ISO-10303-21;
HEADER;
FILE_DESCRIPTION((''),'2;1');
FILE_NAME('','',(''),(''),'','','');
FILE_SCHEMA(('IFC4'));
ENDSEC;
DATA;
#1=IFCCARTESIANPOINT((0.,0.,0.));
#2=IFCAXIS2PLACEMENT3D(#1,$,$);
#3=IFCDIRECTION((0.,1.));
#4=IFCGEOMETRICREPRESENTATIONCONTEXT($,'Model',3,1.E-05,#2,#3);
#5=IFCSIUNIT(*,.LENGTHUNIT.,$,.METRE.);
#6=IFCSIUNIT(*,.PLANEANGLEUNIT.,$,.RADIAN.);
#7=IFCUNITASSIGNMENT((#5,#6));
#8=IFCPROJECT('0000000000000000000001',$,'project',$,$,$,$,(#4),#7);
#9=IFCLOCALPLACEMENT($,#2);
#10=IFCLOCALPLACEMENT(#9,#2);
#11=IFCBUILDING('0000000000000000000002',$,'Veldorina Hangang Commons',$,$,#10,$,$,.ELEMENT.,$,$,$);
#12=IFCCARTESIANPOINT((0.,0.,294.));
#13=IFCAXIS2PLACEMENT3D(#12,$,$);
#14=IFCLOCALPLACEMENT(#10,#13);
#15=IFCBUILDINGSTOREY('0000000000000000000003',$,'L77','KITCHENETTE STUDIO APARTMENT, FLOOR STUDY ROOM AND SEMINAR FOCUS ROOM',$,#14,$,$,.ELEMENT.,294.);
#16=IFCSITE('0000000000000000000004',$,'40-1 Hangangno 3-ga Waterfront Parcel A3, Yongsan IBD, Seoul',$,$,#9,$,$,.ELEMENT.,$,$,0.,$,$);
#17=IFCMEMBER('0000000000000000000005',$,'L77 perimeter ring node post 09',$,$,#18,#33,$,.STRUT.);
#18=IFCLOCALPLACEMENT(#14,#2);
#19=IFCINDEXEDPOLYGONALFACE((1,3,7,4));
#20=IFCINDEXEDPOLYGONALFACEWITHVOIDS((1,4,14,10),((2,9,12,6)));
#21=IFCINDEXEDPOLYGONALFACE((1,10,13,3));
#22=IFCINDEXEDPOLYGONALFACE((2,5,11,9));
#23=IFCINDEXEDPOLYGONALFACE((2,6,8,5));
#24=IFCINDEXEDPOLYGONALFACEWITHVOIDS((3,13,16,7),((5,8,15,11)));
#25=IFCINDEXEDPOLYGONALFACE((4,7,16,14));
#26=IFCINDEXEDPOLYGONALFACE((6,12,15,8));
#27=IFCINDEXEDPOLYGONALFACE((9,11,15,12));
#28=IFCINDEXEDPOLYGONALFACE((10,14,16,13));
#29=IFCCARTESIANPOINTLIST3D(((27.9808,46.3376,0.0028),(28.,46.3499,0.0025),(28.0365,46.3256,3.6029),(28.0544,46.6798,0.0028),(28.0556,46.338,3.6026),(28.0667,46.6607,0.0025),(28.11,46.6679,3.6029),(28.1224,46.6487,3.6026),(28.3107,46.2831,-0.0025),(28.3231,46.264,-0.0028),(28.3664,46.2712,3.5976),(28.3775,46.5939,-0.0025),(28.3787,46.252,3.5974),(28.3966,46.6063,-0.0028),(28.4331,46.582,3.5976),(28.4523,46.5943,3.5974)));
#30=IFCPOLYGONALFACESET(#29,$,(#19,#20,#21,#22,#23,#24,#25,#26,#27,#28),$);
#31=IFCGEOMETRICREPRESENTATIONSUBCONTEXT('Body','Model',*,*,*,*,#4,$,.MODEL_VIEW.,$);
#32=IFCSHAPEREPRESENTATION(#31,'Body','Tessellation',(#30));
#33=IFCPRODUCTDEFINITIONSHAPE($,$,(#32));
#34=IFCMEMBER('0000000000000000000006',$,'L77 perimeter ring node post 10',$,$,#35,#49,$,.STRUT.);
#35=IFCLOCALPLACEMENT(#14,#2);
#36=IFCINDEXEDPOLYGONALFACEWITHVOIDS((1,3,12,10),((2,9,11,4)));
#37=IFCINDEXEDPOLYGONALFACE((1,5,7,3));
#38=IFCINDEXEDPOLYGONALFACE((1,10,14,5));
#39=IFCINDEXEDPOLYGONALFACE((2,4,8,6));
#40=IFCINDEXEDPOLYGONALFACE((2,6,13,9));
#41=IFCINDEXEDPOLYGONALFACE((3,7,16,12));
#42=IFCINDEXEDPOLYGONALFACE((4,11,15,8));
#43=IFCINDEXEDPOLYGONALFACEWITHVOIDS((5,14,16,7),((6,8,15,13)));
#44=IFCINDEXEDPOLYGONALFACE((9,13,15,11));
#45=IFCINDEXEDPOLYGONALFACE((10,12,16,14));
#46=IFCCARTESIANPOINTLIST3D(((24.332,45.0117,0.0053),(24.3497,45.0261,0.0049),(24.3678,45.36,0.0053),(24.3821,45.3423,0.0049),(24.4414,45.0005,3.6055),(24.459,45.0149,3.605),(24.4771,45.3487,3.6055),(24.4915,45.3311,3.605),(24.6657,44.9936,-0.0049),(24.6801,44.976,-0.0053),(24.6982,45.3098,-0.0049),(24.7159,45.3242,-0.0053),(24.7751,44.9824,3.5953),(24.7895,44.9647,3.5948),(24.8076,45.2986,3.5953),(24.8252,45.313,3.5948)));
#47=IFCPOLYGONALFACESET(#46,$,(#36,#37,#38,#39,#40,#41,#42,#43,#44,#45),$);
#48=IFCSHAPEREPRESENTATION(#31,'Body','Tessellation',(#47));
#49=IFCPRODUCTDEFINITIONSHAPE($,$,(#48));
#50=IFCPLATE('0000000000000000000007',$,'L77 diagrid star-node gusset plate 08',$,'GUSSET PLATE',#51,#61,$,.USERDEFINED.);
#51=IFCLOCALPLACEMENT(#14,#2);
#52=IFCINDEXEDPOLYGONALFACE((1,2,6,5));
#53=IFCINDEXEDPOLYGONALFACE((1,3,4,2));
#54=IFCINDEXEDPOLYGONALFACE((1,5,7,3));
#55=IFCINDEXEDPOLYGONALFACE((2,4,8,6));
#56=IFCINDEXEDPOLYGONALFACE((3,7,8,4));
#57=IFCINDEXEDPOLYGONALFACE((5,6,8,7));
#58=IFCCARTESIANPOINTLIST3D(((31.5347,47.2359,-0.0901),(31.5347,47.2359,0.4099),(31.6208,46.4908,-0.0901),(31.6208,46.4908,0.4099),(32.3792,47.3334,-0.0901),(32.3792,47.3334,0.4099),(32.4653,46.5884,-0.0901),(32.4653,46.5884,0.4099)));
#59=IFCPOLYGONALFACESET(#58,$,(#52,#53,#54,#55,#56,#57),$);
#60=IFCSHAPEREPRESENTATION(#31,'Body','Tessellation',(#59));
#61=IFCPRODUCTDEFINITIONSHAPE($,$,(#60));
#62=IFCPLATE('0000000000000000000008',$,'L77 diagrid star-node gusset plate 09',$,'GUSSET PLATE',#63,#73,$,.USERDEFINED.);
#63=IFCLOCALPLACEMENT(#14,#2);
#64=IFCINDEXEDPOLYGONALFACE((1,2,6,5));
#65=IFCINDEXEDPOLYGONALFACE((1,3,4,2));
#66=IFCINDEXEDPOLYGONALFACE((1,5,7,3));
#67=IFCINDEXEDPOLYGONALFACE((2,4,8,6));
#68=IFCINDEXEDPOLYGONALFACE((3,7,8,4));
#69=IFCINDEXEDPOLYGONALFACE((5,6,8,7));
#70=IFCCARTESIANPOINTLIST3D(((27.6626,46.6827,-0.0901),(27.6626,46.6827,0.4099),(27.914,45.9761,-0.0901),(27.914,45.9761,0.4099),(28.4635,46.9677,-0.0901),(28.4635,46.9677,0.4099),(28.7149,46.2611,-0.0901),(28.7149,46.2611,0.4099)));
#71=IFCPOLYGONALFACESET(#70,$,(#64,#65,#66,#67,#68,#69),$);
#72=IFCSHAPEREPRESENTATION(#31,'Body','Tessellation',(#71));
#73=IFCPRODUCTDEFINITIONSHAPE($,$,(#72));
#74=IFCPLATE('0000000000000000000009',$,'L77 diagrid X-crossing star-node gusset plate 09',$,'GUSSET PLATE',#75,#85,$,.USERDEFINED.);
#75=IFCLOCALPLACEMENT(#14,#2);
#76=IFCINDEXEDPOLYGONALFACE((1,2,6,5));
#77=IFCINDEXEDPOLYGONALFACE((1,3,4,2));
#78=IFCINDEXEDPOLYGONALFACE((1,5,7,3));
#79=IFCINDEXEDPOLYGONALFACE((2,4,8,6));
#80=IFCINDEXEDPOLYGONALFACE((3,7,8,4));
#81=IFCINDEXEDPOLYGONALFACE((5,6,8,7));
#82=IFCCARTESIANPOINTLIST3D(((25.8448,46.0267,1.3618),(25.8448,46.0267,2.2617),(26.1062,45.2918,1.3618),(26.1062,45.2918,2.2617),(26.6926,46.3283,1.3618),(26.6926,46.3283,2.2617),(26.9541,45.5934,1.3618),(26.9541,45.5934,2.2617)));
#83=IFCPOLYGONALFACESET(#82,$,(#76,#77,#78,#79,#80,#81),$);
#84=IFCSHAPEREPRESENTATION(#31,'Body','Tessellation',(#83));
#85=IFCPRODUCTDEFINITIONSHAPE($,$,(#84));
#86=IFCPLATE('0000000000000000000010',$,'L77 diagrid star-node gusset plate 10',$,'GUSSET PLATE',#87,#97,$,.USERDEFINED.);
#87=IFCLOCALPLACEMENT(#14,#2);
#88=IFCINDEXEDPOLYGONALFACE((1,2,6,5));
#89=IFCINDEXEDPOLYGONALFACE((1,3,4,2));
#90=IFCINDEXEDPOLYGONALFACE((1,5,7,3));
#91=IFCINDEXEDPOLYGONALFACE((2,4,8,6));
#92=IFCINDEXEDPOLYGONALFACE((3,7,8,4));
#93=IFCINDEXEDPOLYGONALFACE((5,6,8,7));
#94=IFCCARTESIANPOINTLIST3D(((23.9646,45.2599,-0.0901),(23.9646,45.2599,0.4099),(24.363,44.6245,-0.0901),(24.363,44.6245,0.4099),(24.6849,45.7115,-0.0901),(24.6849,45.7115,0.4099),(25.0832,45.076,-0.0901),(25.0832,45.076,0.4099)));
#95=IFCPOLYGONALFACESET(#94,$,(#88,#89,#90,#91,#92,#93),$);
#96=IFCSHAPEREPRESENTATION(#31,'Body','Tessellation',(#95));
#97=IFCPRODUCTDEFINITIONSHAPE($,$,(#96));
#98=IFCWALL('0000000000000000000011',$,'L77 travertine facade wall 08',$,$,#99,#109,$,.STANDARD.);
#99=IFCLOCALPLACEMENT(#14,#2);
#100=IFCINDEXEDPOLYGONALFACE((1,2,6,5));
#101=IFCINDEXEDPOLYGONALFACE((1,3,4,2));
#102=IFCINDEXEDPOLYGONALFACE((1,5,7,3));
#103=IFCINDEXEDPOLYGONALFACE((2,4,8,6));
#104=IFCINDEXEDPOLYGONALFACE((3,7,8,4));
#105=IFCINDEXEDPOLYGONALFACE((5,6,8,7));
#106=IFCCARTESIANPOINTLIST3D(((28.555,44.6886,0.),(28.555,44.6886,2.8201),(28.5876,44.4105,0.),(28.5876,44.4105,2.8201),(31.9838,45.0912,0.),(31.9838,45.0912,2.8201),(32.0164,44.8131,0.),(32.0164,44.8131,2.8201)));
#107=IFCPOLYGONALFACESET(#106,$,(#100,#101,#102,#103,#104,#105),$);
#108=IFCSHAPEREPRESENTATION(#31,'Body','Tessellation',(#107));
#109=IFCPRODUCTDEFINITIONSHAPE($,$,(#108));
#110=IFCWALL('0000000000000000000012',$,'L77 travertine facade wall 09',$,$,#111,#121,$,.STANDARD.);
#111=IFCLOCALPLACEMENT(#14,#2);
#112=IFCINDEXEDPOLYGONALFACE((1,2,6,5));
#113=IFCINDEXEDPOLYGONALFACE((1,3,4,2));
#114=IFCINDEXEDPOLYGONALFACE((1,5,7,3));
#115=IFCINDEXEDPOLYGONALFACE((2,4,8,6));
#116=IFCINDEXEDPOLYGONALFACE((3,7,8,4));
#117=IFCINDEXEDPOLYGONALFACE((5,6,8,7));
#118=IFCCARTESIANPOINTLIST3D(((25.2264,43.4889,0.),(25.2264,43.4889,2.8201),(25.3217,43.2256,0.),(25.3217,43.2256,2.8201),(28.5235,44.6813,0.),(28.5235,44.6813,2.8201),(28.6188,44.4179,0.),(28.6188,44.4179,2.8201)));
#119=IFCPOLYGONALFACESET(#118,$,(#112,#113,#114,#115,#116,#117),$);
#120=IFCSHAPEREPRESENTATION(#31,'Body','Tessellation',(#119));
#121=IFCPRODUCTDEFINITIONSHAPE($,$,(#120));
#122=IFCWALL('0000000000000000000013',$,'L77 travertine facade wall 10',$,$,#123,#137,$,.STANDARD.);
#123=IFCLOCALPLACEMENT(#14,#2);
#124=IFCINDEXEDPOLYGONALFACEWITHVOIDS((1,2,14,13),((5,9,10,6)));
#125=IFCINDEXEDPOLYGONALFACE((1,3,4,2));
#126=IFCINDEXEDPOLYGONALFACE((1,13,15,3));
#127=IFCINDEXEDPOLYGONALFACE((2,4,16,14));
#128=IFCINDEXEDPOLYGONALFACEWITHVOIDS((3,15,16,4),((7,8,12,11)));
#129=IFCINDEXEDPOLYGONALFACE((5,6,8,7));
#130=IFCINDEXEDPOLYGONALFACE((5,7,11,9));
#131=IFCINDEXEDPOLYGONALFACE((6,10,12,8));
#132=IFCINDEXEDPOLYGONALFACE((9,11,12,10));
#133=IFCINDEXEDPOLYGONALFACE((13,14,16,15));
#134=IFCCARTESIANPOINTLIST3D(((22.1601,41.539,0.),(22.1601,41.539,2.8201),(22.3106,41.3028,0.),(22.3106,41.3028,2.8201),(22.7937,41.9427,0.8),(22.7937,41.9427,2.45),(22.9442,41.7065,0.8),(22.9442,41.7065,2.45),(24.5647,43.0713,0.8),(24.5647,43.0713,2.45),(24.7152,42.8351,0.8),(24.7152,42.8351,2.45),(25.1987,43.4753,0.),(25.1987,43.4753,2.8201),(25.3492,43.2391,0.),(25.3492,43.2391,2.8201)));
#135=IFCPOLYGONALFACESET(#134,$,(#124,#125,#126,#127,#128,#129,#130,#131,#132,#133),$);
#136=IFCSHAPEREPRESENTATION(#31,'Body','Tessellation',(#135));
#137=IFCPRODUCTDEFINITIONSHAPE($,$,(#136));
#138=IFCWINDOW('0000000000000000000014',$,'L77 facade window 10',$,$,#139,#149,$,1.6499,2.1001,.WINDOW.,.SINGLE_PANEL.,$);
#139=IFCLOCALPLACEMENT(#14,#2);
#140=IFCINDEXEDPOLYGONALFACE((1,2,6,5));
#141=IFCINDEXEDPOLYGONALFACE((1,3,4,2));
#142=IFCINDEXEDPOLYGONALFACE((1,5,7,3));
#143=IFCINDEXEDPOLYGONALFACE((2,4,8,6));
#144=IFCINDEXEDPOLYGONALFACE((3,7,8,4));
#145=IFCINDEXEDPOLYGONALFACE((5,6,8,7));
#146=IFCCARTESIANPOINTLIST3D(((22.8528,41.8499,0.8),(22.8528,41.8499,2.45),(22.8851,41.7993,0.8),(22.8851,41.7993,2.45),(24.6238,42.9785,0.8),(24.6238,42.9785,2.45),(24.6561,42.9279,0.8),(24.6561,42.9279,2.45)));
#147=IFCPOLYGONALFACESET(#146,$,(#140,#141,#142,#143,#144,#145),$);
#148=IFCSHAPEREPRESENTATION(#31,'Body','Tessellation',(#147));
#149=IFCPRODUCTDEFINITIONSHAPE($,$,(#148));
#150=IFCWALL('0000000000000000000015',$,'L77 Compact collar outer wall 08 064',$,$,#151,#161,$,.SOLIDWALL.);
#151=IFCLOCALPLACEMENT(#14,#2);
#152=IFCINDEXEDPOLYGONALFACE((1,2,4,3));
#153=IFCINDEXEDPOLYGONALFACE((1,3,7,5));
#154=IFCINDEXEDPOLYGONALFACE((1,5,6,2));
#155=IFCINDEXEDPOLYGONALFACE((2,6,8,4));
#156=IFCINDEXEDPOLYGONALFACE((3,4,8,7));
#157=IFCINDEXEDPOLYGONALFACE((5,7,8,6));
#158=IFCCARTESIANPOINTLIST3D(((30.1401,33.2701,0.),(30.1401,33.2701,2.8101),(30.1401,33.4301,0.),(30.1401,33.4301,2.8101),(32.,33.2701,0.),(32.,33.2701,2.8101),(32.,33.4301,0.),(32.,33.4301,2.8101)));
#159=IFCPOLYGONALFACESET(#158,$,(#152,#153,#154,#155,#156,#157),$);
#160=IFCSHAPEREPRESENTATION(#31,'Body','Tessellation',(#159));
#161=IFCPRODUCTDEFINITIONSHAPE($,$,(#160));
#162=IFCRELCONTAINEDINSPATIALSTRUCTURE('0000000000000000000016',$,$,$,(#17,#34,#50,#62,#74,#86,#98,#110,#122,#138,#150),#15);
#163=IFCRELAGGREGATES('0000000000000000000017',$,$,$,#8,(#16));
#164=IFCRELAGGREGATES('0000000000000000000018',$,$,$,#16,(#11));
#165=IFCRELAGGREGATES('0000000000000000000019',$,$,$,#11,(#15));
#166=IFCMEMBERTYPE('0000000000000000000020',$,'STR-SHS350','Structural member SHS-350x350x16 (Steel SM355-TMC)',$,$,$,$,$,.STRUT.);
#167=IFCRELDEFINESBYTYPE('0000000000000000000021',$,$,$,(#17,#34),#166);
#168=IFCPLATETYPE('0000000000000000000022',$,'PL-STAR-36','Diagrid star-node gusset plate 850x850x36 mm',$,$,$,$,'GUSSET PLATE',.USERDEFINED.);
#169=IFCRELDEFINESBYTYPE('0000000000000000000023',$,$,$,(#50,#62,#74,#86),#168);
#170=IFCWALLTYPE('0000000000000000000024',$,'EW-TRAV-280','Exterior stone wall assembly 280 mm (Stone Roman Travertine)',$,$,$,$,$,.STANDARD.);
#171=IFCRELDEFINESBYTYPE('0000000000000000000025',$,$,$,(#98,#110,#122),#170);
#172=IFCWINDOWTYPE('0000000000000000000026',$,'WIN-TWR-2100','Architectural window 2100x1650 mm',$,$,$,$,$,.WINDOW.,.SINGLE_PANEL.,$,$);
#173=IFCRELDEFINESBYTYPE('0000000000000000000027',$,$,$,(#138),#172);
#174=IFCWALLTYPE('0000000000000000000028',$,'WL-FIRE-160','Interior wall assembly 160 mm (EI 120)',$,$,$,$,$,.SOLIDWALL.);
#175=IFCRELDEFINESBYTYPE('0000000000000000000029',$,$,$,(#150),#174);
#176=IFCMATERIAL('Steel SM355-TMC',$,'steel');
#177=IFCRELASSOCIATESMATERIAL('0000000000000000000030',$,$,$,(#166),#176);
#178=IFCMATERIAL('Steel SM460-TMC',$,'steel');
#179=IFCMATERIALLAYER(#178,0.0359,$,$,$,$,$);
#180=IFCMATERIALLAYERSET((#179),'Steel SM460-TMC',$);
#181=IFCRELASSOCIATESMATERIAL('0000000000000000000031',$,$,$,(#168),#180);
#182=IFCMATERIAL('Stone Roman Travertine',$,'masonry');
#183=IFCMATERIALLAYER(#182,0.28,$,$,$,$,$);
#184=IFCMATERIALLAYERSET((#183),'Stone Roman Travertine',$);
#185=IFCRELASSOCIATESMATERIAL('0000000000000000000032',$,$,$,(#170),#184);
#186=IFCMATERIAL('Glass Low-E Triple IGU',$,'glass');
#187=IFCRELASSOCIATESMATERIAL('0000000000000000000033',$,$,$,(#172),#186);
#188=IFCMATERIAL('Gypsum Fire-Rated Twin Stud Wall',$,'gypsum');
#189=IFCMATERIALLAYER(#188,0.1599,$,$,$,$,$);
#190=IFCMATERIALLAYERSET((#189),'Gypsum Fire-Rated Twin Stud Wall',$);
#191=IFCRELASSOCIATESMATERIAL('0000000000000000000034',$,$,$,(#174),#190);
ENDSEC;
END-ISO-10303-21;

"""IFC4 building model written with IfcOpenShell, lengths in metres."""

from ifc_helpers import new_model, si_unit, direction, frame, frame_2d, origin, origin_2d, place, context, subcontext, project, spatial, rectangle, hollow_rectangle, extrude, material, layer, layer_set, material_profile, profile_set, type_object, element, fill, save


model = new_model("IFC4")

# Units and contexts
model_context = context("Model", 3, precision=1e-05, world=origin(), true_north=direction((0.0, 1.0)))
body_context = subcontext(model_context, "Body", "Model", "MODEL_VIEW")
ifc_project = project(units=[si_unit("LENGTHUNIT", "METRE"), si_unit("PLANEANGLEUNIT", "RADIAN")], contexts=[model_context])

# Site, building, storey
site_placement = place(None, origin())
site = spatial("IfcSite", under=ifc_project, at=site_placement, Name="40-1 Hangangno 3-ga Waterfront Parcel A3, Yongsan IBD, Seoul", CompositionType="ELEMENT", RefElevation=0.0)
building_placement = place(site_placement, origin())
building = spatial("IfcBuilding", under=site, at=building_placement, Name="Veldorina Hangang Commons", CompositionType="ELEMENT")
storey_placement = place(building_placement, frame((0.0, 0.0, 294.0)))
storey = spatial("IfcBuildingStorey", under=building, at=storey_placement, Name="L77", Description="KITCHENETTE STUDIO APARTMENT, FLOOR STUDY ROOM AND SEMINAR FOCUS ROOM", CompositionType="ELEMENT", Elevation=294.0)

# Shared definitions
ifc_material_1 = material(Name="Steel SM460-TMC", Category="steel")
ifc_material_2 = material(Name="Steel SM355-TMC", Category="steel")

# Members
ifc_material_profile_1 = material_profile(ifc_material_2, hollow_rectangle(XDim=0.3501, YDim=0.3501, WallThickness=0.0161, at=origin_2d()), Name="SHS-350x350x16")
ifc_profile_set_1 = profile_set([ifc_material_profile_1], Name="Steel SM355-TMC")
member_type_1 = type_object("IfcMemberType", Name="STR-SHS350", Description="Structural member SHS-350x350x16 (Steel SM355-TMC)", PredefinedType="STRUT", material=ifc_profile_set_1)
member_1_placement = place(storey_placement, frame((28.1887, 46.4719, 0.0), z_axis=(0.01546, -0.003323, 0.999875), x_axis=(0.210115, 0.977677, 0.0)))
element("IfcMember", 1, at=member_1_placement, inside=storey, type_object=member_type_1, Name="L77 perimeter ring node post 09", PredefinedType="STRUT", context=body_context, shape_type="SweptSolid", body=[
    extrude(hollow_rectangle(XDim=0.3501, YDim=0.3501, WallThickness=0.0161, at=origin_2d()), origin(), (0.0, 0.0, 1.0), 3.6006),
])
member_2_placement = place(storey_placement, frame((24.5239, 45.168, 0.0), z_axis=(0.030367, -0.003118, 0.999534), x_axis=(0.102142, 0.99477, 0.0)))
element("IfcMember", 2, at=member_2_placement, inside=storey, type_object=member_type_1, Name="L77 perimeter ring node post 10", PredefinedType="STRUT", context=body_context, shape_type="SweptSolid", body=[
    extrude(hollow_rectangle(XDim=0.3501, YDim=0.3501, WallThickness=0.0161, at=origin_2d()), origin(), (0.0, 0.0, 1.0), 3.6018),
])

# Plates
ifc_layer_1 = layer(ifc_material_1, 0.0359)
ifc_layer_set_1 = layer_set([ifc_layer_1], Name="Steel SM460-TMC")
plate_type = type_object("IfcPlateType", Name="PL-STAR-36", Description="Diagrid star-node gusset plate 850x850x36 mm", ElementType="GUSSET PLATE", PredefinedType="USERDEFINED", material=ifc_layer_set_1)
for number, where, z_axis, x_axis, name in (
    (3, (32.0, 46.9121, -0.0901), (0.0, 0.0, 1.0), (-0.993397, -0.114729, 0.0), "L77 diagrid star-node gusset plate 08"),
    (4, (28.1887, 46.4719, -0.0901), (0.0, 0.0, 1.0), (-0.942145, -0.335205, 0.0), "L77 diagrid star-node gusset plate 09"),
):
    element("IfcPlate", number, at=place(storey_placement, frame(where, z_axis=z_axis, x_axis=x_axis)), inside=storey, type_object=plate_type, Name=name, ObjectType="GUSSET PLATE", PredefinedType="USERDEFINED", context=body_context, shape_type="SweptSolid", body=[
        extrude(rectangle(XDim=0.8501, YDim=0.75, at=origin_2d()), origin(), (0.0, 0.0, 1.0), 0.5),
    ])
plate_1_placement = place(storey_placement, frame((26.3994, 45.8101, 1.3618), z_axis=(0.0, 0.0, 1.0), x_axis=(-0.942145, -0.335205, 0.0)))
element("IfcPlate", 5, at=plate_1_placement, inside=storey, type_object=plate_type, Name="L77 diagrid X-crossing star-node gusset plate 09", ObjectType="GUSSET PLATE", PredefinedType="USERDEFINED", context=body_context, shape_type="SweptSolid", body=[
    extrude(rectangle(XDim=0.8999, YDim=0.78, at=origin_2d()), origin(), (0.0, 0.0, 1.0), 0.8999),
])
plate_2_placement = place(storey_placement, frame((24.5239, 45.168, -0.0901), z_axis=(0.0, 0.0, 1.0), x_axis=(-0.84728, -0.531147, 0.0)))
element("IfcPlate", 6, at=plate_2_placement, inside=storey, type_object=plate_type, Name="L77 diagrid star-node gusset plate 10", ObjectType="GUSSET PLATE", PredefinedType="USERDEFINED", context=body_context, shape_type="SweptSolid", body=[
    extrude(rectangle(XDim=0.8501, YDim=0.75, at=origin_2d()), origin(), (0.0, 0.0, 1.0), 0.5),
])

# Walls
ifc_material_3 = material(Name="Stone Roman Travertine", Category="masonry")
ifc_layer_2 = layer(ifc_material_3, 0.28)
ifc_layer_set_2 = layer_set([ifc_layer_2], Name="Stone Roman Travertine")
wall_type_1 = type_object("IfcWallType", Name="EW-TRAV-280", Description="Exterior stone wall assembly 280 mm (Stone Roman Travertine)", PredefinedType="STANDARD", material=ifc_layer_set_2)
wall_1_placement = place(storey_placement, frame((32.0, 44.9521, 0.0), z_axis=(0.0, 0.0, 1.0), x_axis=(-0.993178, -0.116607, 0.0)))
element("IfcWall", 7, at=wall_1_placement, inside=storey, type_object=wall_type_1, Name="L77 travertine facade wall 08", PredefinedType="STANDARD", context=body_context, shape_type="SweptSolid", body=[
    extrude(rectangle(XDim=3.4524, YDim=0.28, at=frame_2d((1.7261, 0.0))), origin(), (0.0, 0.0, 1.0), 2.8201),
])
wall_2_placement = place(storey_placement, frame((28.571, 44.5496, 0.0), z_axis=(0.0, 0.0, 1.0), x_axis=(-0.940394, -0.340088, 0.0)))
element("IfcWall", 8, at=wall_2_placement, inside=storey, type_object=wall_type_1, Name="L77 travertine facade wall 09", PredefinedType="STANDARD", context=body_context, shape_type="SweptSolid", body=[
    extrude(rectangle(XDim=3.5061, YDim=0.28, at=frame_2d((1.7529, 0.0))), origin(), (0.0, 0.0, 1.0), 2.8201),
])

# Wall, opening, window
wall_3_placement = place(storey_placement, frame((25.2739, 43.3572, 0.0), z_axis=(0.0, 0.0, 1.0), x_axis=(-0.843329, -0.537397, 0.0)))
wall_3 = element("IfcWall", 9, at=wall_3_placement, inside=storey, type_object=wall_type_1, Name="L77 travertine facade wall 10", PredefinedType="STANDARD", context=body_context, shape_type="SweptSolid", body=[
    extrude(rectangle(XDim=3.603, YDim=0.28, at=frame_2d((1.8015, 0.0))), origin(), (0.0, 0.0, 1.0), 2.8201),
])
opening_1_placement = place(wall_3_placement, frame((0.7517, 0.0, 0.8)))
opening_1 = element("IfcOpeningElement", 10, at=opening_1_placement, cuts=wall_3, PredefinedType="OPENING", context=body_context, shape_type="SweptSolid", body=[
    extrude(rectangle(XDim=2.1001, YDim=1.6499, at=frame_2d((1.05, 0.825))), frame((0.0, 0.1499, 0.0), z_axis=(0.0, -1.0, 0.0), x_axis=(1.0, 0.0, 0.0)), (0.0, 0.0, 1.0), 0.3),
])
ifc_material_4 = material(Name="Glass Low-E Triple IGU", Category="glass")
window_type = type_object("IfcWindowType", Name="WIN-TWR-2100", Description="Architectural window 2100x1650 mm", PartitioningType="SINGLE_PANEL", PredefinedType="WINDOW", material=ifc_material_4)
window_placement = place(opening_1_placement, origin())
window = element("IfcWindow", 11, at=window_placement, inside=storey, type_object=window_type, Name="L77 facade window 10", OverallHeight=1.6499, OverallWidth=2.1001, PartitioningType="SINGLE_PANEL", PredefinedType="WINDOW", context=body_context, shape_type="SweptSolid", body=[
    extrude(rectangle(XDim=2.1001, YDim=1.6499, at=frame_2d((1.05, 0.825))), frame((0.0, 0.03, 0.0), z_axis=(0.0, -1.0, 0.0), x_axis=(1.0, 0.0, 0.0)), (0.0, 0.0, 1.0), 0.0601),
])
fill(opening_1, window)

# Wall
ifc_material_5 = material(Name="Gypsum Fire-Rated Twin Stud Wall", Category="gypsum")
ifc_layer_3 = layer(ifc_material_5, 0.1599)
ifc_layer_set_3 = layer_set([ifc_layer_3], Name="Gypsum Fire-Rated Twin Stud Wall")
wall_type_2 = type_object("IfcWallType", Name="WL-FIRE-160", Description="Interior wall assembly 160 mm (EI 120)", PredefinedType="SOLIDWALL", material=ifc_layer_set_3)
wall_4_placement = place(storey_placement, frame((32.0, 33.3501, 0.0), z_axis=(0.0, 0.0, 1.0), x_axis=(-1.0, 0.0, 0.0)))
element("IfcWall", 12, at=wall_4_placement, inside=storey, type_object=wall_type_2, Name="L77 Compact collar outer wall 08 064", PredefinedType="SOLIDWALL", context=body_context, shape_type="SweptSolid", body=[
    extrude(rectangle(XDim=1.8599, YDim=0.1599, at=frame_2d((0.9299, 0.0))), origin(), (0.0, 0.0, 1.0), 2.8101),
])

save(model, "model.ifc")
